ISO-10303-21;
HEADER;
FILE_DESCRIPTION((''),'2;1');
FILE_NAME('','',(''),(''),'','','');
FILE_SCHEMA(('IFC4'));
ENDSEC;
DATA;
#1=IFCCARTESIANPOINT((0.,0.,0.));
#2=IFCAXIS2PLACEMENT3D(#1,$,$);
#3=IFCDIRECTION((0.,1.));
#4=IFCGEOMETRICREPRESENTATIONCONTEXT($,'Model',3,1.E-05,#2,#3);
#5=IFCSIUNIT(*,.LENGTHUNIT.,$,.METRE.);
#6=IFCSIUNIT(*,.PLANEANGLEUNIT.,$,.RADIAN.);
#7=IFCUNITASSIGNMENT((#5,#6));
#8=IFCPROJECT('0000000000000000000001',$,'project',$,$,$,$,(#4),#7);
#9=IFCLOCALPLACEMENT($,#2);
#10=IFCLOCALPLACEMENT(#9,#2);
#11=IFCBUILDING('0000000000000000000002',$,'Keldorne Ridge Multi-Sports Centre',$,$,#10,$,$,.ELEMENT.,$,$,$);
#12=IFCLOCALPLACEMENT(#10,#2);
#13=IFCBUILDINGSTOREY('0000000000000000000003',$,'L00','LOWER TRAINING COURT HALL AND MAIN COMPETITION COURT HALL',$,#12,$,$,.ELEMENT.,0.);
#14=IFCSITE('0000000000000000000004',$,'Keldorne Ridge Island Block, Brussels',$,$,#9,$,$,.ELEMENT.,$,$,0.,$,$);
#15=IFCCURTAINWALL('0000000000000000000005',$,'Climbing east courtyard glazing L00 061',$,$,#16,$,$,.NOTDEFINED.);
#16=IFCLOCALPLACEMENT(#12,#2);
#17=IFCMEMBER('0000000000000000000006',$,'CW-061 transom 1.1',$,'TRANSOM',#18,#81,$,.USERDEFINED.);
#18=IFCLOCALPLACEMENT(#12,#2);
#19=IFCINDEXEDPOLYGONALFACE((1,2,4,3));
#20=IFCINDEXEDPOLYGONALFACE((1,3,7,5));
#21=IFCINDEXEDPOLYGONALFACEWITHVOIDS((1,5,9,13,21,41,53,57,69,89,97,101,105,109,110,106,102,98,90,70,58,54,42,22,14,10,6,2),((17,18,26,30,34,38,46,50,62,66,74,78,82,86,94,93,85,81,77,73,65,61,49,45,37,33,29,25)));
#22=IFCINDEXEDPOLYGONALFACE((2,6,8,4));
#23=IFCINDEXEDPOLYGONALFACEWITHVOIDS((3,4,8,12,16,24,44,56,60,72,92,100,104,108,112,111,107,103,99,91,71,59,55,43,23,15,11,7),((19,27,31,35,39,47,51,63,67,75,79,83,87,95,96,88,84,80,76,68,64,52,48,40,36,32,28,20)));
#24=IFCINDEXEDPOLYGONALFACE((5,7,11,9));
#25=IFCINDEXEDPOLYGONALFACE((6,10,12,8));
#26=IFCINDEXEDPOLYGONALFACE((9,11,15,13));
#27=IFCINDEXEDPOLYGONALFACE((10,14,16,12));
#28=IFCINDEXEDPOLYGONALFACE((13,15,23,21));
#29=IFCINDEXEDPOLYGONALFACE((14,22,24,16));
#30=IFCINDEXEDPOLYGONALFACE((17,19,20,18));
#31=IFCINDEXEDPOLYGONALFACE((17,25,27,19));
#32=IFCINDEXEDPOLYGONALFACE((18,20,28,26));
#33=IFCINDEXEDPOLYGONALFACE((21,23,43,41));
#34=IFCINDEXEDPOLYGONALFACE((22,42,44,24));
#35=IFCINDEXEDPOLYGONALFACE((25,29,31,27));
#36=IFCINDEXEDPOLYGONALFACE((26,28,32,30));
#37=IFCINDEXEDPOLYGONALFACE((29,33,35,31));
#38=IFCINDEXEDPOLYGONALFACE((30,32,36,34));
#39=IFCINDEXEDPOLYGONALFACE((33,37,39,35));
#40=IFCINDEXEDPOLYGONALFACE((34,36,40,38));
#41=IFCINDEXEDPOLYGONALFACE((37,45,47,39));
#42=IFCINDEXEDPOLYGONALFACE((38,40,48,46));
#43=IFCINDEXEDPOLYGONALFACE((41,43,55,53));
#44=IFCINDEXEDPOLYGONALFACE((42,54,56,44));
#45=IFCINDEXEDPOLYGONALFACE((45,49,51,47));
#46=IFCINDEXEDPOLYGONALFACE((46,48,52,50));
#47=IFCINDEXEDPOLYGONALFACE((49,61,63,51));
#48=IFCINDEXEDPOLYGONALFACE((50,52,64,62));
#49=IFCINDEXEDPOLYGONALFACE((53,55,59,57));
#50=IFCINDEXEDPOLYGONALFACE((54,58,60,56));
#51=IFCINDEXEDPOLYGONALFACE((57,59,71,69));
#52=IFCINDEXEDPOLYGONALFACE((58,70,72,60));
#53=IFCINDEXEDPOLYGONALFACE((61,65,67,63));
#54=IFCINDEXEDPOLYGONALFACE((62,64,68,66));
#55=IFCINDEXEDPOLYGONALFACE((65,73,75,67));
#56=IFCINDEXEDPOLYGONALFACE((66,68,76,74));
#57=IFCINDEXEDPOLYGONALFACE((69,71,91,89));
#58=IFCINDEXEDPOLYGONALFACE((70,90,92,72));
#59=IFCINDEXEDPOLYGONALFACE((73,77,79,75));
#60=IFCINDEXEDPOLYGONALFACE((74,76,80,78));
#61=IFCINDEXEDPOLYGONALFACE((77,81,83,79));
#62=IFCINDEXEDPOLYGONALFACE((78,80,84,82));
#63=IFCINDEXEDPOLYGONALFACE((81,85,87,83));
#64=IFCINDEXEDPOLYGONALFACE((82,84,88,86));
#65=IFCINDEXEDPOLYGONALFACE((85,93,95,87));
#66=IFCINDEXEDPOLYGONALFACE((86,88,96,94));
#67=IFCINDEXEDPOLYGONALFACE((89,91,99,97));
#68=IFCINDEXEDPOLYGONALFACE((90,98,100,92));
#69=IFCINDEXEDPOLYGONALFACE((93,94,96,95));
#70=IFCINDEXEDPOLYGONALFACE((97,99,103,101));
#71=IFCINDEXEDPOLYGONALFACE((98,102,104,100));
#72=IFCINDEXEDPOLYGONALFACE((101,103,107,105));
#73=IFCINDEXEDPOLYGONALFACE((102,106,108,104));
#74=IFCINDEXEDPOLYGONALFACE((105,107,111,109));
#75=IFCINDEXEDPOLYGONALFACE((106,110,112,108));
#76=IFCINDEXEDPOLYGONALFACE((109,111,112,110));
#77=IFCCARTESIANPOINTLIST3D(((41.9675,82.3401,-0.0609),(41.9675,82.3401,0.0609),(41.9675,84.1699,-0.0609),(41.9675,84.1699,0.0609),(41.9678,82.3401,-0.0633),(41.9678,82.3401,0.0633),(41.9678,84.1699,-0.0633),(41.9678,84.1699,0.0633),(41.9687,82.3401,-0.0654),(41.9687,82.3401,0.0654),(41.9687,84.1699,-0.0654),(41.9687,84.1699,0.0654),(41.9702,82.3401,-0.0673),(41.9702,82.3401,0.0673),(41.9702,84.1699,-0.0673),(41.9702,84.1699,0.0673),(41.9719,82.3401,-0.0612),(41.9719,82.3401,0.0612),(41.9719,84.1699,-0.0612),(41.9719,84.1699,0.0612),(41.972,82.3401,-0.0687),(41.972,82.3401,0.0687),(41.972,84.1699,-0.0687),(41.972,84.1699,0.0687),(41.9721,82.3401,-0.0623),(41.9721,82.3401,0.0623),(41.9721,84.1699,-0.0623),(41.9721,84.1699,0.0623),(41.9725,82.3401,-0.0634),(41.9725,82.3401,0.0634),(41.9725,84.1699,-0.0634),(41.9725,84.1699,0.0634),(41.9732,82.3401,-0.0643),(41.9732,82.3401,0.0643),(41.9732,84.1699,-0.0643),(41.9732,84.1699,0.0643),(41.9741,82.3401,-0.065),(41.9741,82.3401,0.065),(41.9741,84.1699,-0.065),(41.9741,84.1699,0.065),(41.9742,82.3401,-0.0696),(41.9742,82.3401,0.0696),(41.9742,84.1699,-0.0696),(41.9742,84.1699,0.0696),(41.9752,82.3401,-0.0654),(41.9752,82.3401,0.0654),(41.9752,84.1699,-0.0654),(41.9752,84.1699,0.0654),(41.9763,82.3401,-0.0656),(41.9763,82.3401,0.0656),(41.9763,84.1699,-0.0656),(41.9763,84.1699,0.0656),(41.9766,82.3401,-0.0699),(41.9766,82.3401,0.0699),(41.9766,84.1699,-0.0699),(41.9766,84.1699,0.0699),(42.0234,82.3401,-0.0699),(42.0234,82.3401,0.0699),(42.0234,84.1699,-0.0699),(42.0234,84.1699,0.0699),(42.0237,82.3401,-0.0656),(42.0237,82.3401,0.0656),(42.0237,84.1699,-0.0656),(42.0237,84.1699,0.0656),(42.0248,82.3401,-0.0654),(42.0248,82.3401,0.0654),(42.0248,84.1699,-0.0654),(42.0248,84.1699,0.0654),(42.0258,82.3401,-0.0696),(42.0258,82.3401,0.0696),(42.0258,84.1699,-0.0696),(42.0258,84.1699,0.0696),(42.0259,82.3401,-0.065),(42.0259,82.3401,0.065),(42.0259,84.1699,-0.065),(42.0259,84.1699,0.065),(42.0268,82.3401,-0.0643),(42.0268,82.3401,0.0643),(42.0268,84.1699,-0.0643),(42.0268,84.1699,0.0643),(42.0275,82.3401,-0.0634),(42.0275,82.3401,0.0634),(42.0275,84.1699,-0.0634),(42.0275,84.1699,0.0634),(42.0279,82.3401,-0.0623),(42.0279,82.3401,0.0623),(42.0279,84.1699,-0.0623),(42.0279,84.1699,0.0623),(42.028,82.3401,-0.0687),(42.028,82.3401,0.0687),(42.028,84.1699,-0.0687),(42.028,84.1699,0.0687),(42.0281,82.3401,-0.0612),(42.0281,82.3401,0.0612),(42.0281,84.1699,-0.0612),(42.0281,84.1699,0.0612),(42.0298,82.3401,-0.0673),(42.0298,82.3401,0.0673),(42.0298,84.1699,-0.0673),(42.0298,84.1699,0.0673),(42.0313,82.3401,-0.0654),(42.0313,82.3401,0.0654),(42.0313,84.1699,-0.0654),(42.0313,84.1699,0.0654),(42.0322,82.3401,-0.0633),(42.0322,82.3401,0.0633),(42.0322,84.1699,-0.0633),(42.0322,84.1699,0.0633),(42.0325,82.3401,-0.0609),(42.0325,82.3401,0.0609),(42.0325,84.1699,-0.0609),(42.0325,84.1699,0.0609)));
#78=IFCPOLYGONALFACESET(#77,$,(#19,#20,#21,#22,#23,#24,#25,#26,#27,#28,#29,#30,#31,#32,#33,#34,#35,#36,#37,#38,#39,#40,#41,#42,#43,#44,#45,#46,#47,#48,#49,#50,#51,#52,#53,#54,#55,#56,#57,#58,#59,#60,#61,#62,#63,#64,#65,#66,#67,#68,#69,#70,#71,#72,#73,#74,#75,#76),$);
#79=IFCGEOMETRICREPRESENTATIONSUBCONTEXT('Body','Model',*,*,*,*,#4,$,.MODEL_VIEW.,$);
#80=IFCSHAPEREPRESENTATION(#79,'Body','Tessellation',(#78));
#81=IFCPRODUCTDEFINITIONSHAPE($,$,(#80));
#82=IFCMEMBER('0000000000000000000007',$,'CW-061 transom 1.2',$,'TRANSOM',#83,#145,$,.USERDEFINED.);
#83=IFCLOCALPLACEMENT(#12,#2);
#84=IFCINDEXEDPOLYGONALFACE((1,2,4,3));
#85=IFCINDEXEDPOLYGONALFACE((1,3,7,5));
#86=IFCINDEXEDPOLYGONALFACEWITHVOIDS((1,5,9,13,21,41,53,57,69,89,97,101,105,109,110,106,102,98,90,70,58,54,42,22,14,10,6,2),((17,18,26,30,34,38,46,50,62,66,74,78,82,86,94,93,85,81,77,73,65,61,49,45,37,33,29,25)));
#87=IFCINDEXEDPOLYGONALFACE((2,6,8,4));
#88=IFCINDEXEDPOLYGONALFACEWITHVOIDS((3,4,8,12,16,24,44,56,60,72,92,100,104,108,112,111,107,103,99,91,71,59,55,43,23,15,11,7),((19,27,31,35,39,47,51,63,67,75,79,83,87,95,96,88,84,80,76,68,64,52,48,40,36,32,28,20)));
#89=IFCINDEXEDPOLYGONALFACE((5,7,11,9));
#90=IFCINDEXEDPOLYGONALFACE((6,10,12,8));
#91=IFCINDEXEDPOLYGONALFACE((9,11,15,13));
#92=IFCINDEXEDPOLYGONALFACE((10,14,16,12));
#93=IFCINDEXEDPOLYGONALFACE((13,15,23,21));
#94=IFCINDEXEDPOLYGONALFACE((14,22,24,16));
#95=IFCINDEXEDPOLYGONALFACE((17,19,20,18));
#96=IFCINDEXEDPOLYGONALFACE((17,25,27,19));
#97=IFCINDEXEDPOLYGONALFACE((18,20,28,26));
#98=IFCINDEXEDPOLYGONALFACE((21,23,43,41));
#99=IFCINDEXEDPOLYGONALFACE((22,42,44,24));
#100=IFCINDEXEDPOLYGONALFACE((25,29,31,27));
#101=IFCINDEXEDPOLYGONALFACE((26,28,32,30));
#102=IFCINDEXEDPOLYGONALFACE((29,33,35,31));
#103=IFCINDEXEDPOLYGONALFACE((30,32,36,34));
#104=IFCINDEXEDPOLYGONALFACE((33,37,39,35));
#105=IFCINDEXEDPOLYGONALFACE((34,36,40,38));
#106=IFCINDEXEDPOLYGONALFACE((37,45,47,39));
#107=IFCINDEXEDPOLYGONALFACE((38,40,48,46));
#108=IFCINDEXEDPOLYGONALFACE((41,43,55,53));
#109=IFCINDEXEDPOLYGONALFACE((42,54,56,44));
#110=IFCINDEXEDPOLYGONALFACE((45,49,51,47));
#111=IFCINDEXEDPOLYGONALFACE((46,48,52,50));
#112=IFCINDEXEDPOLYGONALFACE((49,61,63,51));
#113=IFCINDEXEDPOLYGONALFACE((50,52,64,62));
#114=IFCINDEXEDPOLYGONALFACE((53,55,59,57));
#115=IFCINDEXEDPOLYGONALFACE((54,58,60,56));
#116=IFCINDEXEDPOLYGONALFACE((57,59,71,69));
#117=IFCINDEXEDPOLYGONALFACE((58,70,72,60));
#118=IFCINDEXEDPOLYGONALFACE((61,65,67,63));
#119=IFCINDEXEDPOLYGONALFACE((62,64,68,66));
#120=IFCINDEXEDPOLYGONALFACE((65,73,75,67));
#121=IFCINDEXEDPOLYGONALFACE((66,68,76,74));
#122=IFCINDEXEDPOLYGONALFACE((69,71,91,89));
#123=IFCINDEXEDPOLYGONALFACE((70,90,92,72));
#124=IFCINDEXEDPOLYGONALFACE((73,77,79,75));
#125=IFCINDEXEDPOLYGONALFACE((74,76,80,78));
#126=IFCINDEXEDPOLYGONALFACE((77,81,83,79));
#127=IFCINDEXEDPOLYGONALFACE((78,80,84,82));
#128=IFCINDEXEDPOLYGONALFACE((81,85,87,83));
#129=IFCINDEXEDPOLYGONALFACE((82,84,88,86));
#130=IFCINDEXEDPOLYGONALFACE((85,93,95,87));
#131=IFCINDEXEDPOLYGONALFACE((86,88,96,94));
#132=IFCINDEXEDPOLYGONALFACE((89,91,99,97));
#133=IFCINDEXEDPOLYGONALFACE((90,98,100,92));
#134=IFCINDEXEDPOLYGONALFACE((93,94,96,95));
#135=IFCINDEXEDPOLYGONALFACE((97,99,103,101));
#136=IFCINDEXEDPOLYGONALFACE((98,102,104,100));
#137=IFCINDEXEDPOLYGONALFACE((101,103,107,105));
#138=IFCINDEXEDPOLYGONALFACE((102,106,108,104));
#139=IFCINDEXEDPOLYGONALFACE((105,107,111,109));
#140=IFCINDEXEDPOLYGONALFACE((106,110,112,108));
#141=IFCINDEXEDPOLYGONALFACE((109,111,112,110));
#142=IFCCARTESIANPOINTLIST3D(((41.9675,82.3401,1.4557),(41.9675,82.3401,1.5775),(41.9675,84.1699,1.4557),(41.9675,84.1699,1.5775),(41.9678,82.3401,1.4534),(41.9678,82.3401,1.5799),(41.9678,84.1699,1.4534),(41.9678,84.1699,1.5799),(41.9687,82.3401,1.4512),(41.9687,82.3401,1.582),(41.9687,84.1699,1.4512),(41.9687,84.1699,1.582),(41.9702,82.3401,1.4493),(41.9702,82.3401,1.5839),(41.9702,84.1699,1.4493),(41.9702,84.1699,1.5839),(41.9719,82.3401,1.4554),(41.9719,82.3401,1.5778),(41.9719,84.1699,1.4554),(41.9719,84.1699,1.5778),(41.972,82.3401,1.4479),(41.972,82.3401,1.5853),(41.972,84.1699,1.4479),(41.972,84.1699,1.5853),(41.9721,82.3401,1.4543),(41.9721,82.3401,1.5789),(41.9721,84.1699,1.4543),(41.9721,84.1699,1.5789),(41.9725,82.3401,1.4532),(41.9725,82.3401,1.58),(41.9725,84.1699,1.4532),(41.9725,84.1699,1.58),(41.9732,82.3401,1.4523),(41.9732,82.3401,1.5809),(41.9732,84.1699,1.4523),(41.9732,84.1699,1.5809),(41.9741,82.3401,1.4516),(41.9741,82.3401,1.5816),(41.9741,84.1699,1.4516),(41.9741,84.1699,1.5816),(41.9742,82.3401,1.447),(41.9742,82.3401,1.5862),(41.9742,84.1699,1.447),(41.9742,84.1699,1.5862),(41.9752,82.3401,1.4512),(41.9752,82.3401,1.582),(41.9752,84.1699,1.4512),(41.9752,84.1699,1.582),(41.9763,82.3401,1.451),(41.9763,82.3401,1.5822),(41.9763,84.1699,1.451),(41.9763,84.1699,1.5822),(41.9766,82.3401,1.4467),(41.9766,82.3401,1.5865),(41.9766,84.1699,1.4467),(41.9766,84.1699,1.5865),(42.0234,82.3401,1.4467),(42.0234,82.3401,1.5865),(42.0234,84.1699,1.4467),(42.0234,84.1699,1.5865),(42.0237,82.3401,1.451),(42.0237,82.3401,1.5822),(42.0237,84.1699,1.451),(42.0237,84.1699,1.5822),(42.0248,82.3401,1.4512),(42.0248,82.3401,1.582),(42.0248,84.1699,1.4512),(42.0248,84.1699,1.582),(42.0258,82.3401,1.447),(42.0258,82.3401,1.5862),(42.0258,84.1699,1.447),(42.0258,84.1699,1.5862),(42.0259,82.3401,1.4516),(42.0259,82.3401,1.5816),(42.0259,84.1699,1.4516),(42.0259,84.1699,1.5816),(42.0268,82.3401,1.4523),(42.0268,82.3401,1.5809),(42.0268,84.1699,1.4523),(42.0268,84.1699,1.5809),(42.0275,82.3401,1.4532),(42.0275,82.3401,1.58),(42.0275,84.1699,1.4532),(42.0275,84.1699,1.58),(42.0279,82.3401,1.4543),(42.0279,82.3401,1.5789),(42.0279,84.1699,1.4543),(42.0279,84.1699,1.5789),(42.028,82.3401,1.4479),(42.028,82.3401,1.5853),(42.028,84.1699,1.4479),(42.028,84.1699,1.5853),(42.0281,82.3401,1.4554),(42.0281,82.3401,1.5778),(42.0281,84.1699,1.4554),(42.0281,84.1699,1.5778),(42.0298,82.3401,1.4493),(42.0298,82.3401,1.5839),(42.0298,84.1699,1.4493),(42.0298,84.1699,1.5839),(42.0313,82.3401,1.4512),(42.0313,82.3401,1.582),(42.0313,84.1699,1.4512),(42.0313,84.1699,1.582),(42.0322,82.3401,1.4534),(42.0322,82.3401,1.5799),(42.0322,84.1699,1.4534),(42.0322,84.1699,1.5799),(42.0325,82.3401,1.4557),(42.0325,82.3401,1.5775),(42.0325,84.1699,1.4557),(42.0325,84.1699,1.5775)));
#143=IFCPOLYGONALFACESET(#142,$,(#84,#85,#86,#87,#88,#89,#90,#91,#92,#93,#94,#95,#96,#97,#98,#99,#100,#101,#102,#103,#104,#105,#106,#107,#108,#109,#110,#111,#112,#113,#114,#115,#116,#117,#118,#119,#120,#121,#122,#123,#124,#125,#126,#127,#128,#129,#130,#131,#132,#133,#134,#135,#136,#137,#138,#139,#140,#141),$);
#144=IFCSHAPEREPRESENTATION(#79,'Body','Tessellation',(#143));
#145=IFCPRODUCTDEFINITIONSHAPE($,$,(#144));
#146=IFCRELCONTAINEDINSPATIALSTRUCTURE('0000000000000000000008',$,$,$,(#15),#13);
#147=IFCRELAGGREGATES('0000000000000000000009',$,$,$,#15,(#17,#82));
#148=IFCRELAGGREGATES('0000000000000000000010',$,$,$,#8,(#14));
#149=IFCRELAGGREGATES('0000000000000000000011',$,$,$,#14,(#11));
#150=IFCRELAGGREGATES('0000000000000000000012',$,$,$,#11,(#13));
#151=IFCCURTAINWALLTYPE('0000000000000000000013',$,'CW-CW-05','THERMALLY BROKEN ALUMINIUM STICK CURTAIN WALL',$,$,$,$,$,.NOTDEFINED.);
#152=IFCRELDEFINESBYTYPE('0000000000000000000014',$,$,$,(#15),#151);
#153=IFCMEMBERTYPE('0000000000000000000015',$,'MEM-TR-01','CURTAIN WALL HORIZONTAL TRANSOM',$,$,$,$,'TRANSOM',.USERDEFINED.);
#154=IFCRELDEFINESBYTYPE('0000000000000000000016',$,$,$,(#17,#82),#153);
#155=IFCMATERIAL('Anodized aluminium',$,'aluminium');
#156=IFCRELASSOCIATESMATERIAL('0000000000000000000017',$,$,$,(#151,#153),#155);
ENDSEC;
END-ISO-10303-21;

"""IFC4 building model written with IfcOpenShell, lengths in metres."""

from ifc_helpers import new_model, si_unit, direction, frame, origin, origin_2d, place, context, subcontext, project, spatial, hollow_rectangle, extrude, material, material_profile, profile_set, type_object, element, aggregate, save


model = new_model("IFC4")

# Units and contexts
model_context = context("Model", 3, precision=1e-05, world=origin(), true_north=direction((0.0, 1.0)))
body_context = subcontext(model_context, "Body", "Model", "MODEL_VIEW")
ifc_project = project(units=[si_unit("LENGTHUNIT", "METRE"), si_unit("PLANEANGLEUNIT", "RADIAN")], contexts=[model_context])

# Site, building, storey
site_placement = place(None, origin())
site = spatial("IfcSite", under=ifc_project, at=site_placement, Name="Keldorne Ridge Island Block, Brussels", CompositionType="ELEMENT", RefElevation=0.0)
building_placement = place(site_placement, origin())
building = spatial("IfcBuilding", under=site, at=building_placement, Name="Keldorne Ridge Multi-Sports Centre", CompositionType="ELEMENT")
storey_placement = place(building_placement, origin())
storey = spatial("IfcBuildingStorey", under=building, at=storey_placement, Name="L00", Description="LOWER TRAINING COURT HALL AND MAIN COMPETITION COURT HALL", CompositionType="ELEMENT", Elevation=0.0)

# Curtain wall, members
ifc_material_1 = material(Name="Anodized aluminium", Category="aluminium")
curtain_wall_type_1 = type_object("IfcCurtainWallType", Name="CW-CW-05", Description="THERMALLY BROKEN ALUMINIUM STICK CURTAIN WALL", PredefinedType="NOTDEFINED", material=ifc_material_1)
curtain_wall_1_placement = place(storey_placement, origin())
curtain_wall_1 = element("IfcCurtainWall", 1, at=curtain_wall_1_placement, inside=storey, type_object=curtain_wall_type_1, Name="Climbing east courtyard glazing L00 061", PredefinedType="NOTDEFINED")
ifc_material_profile_1 = material_profile(ifc_material_1, hollow_rectangle(XDim=0.0649, YDim=0.1399, WallThickness=0.0044, InnerFilletRadius=0.0044, OuterFilletRadius=0.009, at=origin_2d()), Name="ALU TRANSOM 140x65x4.5")
ifc_profile_set_1 = profile_set([ifc_material_profile_1], Name="Anodized aluminium")
member_type_1 = type_object("IfcMemberType", Name="MEM-TR-01", Description="CURTAIN WALL HORIZONTAL TRANSOM", ElementType="TRANSOM", PredefinedType="USERDEFINED", material=ifc_profile_set_1)
member_1_placement = place(storey_placement, frame((42.0, 82.3401, 0.0), z_axis=(0.0, 1.0, 0.0), x_axis=(-1.0, 0.0, 0.0)))
member_1 = element("IfcMember", 2, at=member_1_placement, type_object=member_type_1, Name="CW-061 transom 1.1", ObjectType="TRANSOM", PredefinedType="USERDEFINED", context=body_context, shape_type="SweptSolid", body=[
    extrude(hollow_rectangle(XDim=0.0649, YDim=0.1399, WallThickness=0.0044, InnerFilletRadius=0.0044, OuterFilletRadius=0.009, at=origin_2d()), origin(), (0.0, 0.0, 1.0), 1.8298),
])
member_2_placement = place(storey_placement, frame((42.0, 82.3401, 1.5166), z_axis=(0.0, 1.0, 0.0), x_axis=(-1.0, 0.0, 0.0)))
member_2 = element("IfcMember", 3, at=member_2_placement, type_object=member_type_1, Name="CW-061 transom 1.2", ObjectType="TRANSOM", PredefinedType="USERDEFINED", context=body_context, shape_type="SweptSolid", body=[
    extrude(hollow_rectangle(XDim=0.0649, YDim=0.1399, WallThickness=0.0044, InnerFilletRadius=0.0044, OuterFilletRadius=0.009, at=origin_2d()), origin(), (0.0, 0.0, 1.0), 1.8298),
])

aggregate(curtain_wall_1, [member_1, member_2])

save(model, "model.ifc")
